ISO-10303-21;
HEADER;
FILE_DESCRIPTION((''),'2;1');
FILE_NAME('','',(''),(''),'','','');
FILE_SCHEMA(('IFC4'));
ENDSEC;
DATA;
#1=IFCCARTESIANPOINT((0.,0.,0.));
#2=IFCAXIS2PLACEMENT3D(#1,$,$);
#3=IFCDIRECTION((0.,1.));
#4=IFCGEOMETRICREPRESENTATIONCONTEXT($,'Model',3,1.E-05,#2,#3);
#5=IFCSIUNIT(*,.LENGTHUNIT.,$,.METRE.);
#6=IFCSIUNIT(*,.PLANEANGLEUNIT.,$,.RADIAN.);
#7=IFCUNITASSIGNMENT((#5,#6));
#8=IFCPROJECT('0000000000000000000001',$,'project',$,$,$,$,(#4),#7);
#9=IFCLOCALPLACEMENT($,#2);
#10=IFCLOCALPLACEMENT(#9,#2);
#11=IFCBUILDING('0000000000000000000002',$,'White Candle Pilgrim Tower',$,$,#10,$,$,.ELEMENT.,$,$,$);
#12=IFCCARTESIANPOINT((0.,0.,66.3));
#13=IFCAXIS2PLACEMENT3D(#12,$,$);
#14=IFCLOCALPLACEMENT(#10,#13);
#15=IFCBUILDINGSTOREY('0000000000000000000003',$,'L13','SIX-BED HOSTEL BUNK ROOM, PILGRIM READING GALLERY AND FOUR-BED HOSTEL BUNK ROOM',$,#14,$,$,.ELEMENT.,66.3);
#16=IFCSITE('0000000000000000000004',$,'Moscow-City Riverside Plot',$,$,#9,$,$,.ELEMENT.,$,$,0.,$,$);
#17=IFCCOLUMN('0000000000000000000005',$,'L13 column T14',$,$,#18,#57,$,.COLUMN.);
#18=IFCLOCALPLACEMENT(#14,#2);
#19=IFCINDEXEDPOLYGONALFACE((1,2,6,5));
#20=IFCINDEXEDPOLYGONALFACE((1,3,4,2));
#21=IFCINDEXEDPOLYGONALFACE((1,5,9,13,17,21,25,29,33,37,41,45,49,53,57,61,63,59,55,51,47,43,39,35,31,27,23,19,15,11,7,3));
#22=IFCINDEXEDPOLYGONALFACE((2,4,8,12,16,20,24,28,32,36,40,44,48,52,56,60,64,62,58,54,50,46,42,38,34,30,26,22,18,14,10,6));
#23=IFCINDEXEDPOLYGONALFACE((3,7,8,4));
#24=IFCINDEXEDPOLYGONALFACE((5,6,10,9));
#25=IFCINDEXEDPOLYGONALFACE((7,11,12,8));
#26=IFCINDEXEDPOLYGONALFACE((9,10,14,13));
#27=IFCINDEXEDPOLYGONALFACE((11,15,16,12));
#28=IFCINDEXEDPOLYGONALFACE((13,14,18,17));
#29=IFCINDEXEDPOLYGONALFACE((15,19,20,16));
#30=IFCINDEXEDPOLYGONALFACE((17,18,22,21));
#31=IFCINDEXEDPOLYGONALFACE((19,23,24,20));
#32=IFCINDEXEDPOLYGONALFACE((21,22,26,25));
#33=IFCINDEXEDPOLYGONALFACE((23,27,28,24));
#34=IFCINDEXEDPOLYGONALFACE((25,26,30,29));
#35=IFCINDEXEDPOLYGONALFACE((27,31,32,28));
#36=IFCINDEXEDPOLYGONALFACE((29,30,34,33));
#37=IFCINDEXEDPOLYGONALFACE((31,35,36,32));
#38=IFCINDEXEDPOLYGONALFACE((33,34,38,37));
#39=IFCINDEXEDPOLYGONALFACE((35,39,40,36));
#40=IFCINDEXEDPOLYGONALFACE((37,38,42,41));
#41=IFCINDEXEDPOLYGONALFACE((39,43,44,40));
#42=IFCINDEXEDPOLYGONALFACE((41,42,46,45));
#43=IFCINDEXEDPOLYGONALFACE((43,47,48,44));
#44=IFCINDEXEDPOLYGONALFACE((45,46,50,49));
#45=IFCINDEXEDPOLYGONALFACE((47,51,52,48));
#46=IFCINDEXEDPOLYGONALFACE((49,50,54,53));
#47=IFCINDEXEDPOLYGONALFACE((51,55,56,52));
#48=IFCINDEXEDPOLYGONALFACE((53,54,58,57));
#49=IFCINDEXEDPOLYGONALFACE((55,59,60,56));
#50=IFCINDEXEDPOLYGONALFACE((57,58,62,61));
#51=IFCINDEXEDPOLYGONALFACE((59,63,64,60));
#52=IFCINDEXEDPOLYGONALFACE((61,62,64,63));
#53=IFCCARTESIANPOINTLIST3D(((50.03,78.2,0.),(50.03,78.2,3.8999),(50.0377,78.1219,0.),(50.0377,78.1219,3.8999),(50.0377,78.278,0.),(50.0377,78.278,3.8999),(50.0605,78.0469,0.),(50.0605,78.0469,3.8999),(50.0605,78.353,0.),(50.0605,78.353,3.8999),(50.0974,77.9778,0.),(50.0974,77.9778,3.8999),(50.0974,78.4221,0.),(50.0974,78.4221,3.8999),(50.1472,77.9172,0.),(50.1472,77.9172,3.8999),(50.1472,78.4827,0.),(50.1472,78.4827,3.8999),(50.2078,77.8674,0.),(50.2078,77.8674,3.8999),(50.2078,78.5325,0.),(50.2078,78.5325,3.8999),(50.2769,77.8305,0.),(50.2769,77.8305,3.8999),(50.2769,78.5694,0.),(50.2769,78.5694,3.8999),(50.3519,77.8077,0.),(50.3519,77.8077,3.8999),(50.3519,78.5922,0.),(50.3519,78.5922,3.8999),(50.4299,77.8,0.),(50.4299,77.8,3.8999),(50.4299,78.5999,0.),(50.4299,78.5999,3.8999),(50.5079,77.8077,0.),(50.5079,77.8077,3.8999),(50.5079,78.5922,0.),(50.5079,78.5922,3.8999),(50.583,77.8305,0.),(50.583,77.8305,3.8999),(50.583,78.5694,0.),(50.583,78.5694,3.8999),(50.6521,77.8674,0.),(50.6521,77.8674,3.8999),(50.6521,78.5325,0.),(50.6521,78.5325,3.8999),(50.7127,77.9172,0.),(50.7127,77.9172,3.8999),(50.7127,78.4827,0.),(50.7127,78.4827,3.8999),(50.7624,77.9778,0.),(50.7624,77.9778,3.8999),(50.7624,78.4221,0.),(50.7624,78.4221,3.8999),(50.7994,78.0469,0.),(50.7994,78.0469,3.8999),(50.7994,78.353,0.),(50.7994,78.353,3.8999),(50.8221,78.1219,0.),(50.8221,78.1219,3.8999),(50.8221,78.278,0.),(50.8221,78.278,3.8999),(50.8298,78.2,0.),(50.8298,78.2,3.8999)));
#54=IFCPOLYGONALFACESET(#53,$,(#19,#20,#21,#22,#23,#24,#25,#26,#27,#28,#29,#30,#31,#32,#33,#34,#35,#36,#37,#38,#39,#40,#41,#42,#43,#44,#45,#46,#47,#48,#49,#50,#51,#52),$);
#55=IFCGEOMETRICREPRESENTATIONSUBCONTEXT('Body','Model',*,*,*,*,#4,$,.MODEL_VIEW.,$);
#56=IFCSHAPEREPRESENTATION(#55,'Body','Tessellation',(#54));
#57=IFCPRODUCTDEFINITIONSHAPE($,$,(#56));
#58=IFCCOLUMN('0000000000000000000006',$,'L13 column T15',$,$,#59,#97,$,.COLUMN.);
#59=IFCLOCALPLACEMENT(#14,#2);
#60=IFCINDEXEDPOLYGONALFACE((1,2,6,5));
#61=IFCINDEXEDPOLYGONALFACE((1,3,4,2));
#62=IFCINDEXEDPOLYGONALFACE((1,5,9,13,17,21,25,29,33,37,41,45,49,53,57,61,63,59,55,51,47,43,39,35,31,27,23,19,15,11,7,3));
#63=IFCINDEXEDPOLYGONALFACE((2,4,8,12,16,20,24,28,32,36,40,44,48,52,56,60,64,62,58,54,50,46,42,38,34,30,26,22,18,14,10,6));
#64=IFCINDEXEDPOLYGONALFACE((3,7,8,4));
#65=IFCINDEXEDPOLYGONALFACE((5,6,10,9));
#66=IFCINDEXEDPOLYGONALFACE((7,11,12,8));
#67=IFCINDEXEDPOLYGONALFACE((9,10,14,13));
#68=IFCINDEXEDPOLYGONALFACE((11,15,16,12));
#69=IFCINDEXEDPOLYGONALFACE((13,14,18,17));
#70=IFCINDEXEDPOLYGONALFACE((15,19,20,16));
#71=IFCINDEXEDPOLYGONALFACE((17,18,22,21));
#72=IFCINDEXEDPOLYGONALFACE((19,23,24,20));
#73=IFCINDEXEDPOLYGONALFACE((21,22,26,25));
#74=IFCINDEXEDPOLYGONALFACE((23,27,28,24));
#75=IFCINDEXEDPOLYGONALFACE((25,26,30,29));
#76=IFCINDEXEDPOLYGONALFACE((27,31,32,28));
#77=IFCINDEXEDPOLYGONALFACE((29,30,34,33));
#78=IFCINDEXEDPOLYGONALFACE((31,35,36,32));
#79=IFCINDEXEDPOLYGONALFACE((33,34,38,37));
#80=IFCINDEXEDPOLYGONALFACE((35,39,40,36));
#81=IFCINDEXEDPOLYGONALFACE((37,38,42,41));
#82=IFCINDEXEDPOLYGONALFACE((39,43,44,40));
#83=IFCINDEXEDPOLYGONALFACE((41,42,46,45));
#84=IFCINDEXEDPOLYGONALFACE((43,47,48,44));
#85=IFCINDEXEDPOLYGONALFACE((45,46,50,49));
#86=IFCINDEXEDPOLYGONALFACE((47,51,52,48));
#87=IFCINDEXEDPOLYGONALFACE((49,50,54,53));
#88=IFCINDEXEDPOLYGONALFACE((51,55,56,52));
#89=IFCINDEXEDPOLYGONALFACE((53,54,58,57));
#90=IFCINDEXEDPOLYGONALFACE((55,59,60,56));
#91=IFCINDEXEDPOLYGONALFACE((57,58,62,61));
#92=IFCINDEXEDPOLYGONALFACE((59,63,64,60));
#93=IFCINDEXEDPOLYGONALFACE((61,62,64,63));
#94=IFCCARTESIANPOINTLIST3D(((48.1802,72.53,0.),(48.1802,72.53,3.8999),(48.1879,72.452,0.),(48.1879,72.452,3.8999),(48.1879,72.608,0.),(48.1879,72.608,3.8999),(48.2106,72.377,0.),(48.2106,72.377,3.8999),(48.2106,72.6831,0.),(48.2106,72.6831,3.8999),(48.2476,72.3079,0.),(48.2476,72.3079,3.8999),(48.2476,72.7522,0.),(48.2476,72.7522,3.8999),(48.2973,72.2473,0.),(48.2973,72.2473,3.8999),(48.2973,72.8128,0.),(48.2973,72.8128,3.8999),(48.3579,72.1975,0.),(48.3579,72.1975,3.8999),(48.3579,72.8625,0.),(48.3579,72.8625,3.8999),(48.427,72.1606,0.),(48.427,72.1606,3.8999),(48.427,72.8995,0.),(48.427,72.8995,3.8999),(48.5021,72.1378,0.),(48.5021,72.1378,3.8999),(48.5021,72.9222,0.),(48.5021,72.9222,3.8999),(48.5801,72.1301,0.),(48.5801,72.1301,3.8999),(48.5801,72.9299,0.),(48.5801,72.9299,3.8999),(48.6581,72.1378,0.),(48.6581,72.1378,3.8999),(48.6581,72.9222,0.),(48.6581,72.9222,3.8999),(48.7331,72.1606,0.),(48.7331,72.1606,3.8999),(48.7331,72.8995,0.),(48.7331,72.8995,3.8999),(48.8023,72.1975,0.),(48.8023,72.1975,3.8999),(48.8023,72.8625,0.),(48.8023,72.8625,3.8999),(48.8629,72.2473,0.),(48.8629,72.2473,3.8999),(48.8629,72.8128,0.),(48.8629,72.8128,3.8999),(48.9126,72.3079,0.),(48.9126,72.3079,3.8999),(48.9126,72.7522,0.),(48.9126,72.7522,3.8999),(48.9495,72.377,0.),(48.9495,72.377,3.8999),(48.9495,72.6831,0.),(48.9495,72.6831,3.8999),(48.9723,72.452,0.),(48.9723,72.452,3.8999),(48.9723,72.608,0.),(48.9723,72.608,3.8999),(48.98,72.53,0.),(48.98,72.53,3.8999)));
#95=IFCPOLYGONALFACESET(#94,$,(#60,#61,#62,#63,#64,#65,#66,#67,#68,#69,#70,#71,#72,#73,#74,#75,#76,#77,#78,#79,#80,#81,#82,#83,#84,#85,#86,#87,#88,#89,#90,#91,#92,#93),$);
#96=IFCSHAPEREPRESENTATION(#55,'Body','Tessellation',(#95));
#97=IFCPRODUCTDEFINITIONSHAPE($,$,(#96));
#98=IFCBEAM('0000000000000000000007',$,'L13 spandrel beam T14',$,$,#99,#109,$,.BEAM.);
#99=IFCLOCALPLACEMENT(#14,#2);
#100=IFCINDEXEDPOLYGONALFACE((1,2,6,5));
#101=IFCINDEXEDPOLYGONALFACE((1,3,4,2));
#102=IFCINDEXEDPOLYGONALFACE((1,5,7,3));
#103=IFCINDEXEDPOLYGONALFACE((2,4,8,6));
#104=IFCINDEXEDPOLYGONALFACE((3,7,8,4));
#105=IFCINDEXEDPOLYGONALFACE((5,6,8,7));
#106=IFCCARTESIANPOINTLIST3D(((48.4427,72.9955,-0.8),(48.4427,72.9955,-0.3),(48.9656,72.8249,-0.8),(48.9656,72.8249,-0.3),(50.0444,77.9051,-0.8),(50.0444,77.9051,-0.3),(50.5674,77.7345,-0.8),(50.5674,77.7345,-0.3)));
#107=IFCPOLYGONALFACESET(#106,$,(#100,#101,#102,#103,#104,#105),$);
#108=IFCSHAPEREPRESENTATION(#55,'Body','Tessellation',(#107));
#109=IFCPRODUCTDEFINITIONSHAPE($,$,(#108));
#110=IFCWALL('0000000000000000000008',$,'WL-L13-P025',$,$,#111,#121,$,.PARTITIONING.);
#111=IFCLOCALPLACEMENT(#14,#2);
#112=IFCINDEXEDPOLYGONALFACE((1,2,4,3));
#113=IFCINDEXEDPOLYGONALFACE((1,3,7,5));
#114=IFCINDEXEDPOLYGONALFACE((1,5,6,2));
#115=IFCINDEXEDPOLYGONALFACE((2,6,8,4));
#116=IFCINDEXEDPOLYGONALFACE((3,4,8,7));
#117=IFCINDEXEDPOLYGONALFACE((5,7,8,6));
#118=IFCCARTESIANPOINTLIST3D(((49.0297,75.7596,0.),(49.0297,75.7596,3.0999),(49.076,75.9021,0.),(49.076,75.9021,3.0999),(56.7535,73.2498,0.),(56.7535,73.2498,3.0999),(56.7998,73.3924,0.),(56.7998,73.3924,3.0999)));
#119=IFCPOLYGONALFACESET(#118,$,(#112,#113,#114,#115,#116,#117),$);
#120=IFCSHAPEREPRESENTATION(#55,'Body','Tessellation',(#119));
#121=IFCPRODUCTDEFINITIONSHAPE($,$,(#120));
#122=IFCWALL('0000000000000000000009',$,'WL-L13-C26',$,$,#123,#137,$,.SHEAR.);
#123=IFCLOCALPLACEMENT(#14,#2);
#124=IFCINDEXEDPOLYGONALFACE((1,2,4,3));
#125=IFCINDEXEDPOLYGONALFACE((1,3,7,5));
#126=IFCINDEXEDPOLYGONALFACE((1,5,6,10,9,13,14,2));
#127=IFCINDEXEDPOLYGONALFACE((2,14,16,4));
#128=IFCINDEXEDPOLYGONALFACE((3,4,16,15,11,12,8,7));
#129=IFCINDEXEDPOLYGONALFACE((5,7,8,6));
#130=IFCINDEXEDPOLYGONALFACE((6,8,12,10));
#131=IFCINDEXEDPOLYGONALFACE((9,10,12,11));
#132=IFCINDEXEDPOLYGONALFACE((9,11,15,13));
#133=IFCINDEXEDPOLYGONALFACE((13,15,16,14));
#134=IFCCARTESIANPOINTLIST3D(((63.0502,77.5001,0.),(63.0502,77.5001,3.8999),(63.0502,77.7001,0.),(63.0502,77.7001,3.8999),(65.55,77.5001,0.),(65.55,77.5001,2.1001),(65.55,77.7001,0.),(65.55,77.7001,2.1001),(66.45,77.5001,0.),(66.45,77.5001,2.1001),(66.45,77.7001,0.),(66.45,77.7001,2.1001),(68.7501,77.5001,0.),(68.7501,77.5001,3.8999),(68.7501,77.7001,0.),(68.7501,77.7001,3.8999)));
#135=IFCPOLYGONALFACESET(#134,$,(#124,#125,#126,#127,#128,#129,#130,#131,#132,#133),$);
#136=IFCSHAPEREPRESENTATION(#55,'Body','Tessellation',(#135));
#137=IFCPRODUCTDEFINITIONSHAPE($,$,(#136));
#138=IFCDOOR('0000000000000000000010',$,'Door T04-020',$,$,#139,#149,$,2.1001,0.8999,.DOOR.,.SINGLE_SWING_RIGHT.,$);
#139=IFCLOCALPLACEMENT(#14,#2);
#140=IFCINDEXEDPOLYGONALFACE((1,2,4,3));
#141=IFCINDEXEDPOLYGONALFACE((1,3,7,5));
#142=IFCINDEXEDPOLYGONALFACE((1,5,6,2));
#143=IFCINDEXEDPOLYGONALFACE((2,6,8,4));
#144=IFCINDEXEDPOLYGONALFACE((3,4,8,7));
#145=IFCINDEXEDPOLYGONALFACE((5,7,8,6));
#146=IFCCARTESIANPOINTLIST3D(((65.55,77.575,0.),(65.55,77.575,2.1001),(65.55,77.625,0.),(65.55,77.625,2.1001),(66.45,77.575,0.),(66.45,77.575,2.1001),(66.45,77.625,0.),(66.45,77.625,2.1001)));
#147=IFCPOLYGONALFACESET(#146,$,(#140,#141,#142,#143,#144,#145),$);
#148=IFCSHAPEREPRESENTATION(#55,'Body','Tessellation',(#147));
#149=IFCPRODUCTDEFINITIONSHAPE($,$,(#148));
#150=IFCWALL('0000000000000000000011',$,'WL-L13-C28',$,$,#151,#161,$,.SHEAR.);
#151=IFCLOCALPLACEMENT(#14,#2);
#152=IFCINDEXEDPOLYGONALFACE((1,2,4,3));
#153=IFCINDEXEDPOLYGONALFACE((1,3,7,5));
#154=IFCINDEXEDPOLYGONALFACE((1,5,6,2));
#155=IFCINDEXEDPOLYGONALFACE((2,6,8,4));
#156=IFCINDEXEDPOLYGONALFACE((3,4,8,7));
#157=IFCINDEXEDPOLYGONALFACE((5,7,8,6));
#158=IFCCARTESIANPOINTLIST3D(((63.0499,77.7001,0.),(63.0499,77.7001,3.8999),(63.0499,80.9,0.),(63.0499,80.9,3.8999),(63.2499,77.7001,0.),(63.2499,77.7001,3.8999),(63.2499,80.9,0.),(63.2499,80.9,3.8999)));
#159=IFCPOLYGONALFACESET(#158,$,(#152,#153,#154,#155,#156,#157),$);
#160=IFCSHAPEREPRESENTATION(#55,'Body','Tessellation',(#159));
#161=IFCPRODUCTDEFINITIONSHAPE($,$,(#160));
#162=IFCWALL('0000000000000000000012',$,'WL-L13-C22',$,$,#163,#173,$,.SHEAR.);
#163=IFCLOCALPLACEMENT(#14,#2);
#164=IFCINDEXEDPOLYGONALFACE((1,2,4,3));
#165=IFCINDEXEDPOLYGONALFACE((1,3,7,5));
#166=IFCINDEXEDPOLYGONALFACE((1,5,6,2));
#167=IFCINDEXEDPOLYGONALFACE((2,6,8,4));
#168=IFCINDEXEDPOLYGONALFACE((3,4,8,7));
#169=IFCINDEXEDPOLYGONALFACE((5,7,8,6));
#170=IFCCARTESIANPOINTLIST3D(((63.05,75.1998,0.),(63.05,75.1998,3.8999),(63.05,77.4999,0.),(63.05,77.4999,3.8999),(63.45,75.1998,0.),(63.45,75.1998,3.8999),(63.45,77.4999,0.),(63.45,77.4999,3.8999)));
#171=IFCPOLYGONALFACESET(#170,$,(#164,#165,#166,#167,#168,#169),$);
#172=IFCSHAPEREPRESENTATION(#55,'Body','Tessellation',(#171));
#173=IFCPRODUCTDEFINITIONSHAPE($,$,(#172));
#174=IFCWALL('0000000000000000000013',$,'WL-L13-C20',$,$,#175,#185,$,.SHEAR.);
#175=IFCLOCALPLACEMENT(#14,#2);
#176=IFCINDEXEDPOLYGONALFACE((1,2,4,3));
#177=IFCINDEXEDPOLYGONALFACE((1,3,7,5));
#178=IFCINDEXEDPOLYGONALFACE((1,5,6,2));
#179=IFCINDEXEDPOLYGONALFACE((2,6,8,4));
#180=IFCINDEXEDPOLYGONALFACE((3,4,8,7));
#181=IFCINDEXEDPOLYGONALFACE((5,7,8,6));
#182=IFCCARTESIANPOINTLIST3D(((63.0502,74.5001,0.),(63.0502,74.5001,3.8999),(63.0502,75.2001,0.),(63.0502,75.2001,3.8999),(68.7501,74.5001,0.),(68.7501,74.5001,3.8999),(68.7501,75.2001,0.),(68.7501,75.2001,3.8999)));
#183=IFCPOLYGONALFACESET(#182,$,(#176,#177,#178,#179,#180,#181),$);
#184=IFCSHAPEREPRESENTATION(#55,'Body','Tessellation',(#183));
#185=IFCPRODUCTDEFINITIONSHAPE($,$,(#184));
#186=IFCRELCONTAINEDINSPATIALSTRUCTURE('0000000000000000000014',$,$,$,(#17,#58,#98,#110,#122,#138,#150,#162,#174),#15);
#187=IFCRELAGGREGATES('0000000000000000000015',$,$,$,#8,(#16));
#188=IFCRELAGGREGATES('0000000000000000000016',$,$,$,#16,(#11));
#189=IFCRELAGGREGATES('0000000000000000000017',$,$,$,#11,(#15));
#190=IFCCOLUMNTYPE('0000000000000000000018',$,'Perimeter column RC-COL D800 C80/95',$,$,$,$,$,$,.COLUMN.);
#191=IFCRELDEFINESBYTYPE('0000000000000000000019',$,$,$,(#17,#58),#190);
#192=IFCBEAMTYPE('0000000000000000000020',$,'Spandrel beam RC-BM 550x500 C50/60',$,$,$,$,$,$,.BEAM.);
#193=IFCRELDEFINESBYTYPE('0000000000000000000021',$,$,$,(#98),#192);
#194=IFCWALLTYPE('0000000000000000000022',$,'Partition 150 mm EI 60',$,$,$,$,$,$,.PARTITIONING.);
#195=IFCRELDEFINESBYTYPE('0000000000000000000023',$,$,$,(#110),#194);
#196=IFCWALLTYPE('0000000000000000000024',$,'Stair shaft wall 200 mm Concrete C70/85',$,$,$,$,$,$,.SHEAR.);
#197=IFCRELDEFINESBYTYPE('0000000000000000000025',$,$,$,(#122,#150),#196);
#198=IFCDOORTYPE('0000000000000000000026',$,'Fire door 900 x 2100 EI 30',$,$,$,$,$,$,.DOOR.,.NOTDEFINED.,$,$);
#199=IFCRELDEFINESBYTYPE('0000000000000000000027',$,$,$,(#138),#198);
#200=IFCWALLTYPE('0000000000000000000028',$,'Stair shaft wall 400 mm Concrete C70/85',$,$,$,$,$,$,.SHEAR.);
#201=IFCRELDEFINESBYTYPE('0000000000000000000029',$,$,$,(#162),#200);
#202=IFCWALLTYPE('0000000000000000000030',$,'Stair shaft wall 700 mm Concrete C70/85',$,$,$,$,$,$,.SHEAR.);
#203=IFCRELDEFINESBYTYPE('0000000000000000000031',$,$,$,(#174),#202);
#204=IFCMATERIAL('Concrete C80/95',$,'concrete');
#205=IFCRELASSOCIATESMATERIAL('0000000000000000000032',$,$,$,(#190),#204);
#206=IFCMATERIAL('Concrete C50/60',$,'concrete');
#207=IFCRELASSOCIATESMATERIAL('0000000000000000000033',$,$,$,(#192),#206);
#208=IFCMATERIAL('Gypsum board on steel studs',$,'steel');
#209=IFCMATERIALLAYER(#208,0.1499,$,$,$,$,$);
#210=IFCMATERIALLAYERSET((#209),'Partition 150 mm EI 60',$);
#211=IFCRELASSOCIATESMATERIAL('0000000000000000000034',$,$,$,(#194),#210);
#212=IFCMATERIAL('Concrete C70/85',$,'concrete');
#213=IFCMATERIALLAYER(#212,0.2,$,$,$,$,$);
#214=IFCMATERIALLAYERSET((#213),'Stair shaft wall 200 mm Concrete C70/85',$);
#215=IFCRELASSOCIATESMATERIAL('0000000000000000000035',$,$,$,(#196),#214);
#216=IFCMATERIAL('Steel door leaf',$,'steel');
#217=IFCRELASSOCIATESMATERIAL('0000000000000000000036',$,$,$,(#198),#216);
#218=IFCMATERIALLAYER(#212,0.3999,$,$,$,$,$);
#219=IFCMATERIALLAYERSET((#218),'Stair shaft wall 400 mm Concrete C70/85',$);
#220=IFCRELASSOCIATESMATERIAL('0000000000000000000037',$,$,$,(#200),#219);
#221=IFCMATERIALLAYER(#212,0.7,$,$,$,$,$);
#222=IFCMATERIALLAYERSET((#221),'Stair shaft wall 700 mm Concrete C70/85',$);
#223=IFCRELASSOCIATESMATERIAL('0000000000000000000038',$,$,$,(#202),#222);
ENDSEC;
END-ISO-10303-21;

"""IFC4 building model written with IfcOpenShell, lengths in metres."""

from ifc_helpers import new_model, si_unit, direction, frame, frame_2d, origin, origin_2d, place, context, subcontext, project, spatial, rectangle, circle, extrude, material, layer, layer_set, material_profile, profile_set, type_object, element, fill, save


model = new_model("IFC4")

# Units and contexts
model_context = context("Model", 3, precision=1e-05, world=origin(), true_north=direction((0.0, 1.0)))
body_context = subcontext(model_context, "Body", "Model", "MODEL_VIEW")
ifc_project = project(units=[si_unit("LENGTHUNIT", "METRE"), si_unit("PLANEANGLEUNIT", "RADIAN")], contexts=[model_context])

# Site, building, storey
site_placement = place(None, origin())
site = spatial("IfcSite", under=ifc_project, at=site_placement, Name="Moscow-City Riverside Plot", CompositionType="ELEMENT", RefElevation=0.0)
building_placement = place(site_placement, origin())
building = spatial("IfcBuilding", under=site, at=building_placement, Name="White Candle Pilgrim Tower", CompositionType="ELEMENT")
storey_placement = place(building_placement, frame((0.0, 0.0, 66.3)))
storey = spatial("IfcBuildingStorey", under=building, at=storey_placement, Name="L13", Description="SIX-BED HOSTEL BUNK ROOM, PILGRIM READING GALLERY AND FOUR-BED HOSTEL BUNK ROOM", CompositionType="ELEMENT", Elevation=66.3)

# Columns
ifc_material_1 = material(Name="Concrete C80/95", Category="concrete")
ifc_material_profile_1 = material_profile(ifc_material_1, circle(Radius=0.3999, at=origin_2d()), Name="RC-COL D800")
ifc_profile_set_1 = profile_set([ifc_material_profile_1], Name="Concrete C80/95")
column_type = type_object("IfcColumnType", Name="Perimeter column RC-COL D800 C80/95", PredefinedType="COLUMN", material=ifc_profile_set_1)
for number, where, z_axis, x_axis, name in (
    (1, (50.4299, 78.2, 0.0), (0.0, 0.0, 1.0), (1.0, 0.0, 0.0), "L13 column T14"),
    (2, (48.5801, 72.53, 0.0), (0.0, 0.0, 1.0), (1.0, 0.0, 0.0), "L13 column T15"),
):
    element("IfcColumn", number, at=place(storey_placement, frame(where, z_axis=z_axis, x_axis=x_axis)), inside=storey, type_object=column_type, Name=name, PredefinedType="COLUMN", context=body_context, shape_type="SweptSolid", body=[
        extrude(circle(Radius=0.3999, at=origin_2d()), origin(), (0.0, 0.0, 1.0), 3.8999),
    ])

# Beam
ifc_material_2 = material(Name="Concrete C50/60", Category="concrete")
ifc_material_profile_2 = material_profile(ifc_material_2, rectangle(XDim=0.55, YDim=0.5, at=origin_2d()), Name="RC-BM 550x500")
ifc_profile_set_2 = profile_set([ifc_material_profile_2], Name="Concrete C50/60")
beam_type = type_object("IfcBeamType", Name="Spandrel beam RC-BM 550x500 C50/60", PredefinedType="BEAM", material=ifc_profile_set_2)
beam_placement = place(storey_placement, frame((50.3059, 77.8198, -0.55), z_axis=(-0.310166, -0.950683, 0.0), x_axis=(0.950683, -0.310166, 0.0)))
element("IfcBeam", 3, at=beam_placement, inside=storey, type_object=beam_type, Name="L13 spandrel beam T14", PredefinedType="BEAM", context=body_context, shape_type="SweptSolid", body=[
    extrude(rectangle(XDim=0.55, YDim=0.5, at=origin_2d()), origin(), (0.0, 0.0, 1.0), 5.1643),
])

# Wall
ifc_material_3 = material(Name="Gypsum board on steel studs", Category="steel")
ifc_layer_1 = layer(ifc_material_3, 0.1499)
ifc_layer_set_1 = layer_set([ifc_layer_1], Name="Partition 150 mm EI 60")
wall_type_1 = type_object("IfcWallType", Name="Partition 150 mm EI 60", PredefinedType="PARTITIONING", material=ifc_layer_set_1)
wall_1_placement = place(storey_placement, frame((49.053, 75.8308, 0.0), z_axis=(0.0, 0.0, 1.0), x_axis=(0.951052, -0.309031, 0.0)))
element("IfcWall", 4, at=wall_1_placement, inside=storey, type_object=wall_type_1, Name="WL-L13-P025", PredefinedType="PARTITIONING", context=body_context, shape_type="SweptSolid", body=[
    extrude(rectangle(XDim=8.1213, YDim=0.1499, at=frame_2d((4.0605, 0.0))), origin(), (0.0, 0.0, 1.0), 3.0999),
])

# Wall, opening, door
ifc_material_4 = material(Name="Concrete C70/85", Category="concrete")
ifc_layer_2 = layer(ifc_material_4, 0.2)
ifc_layer_set_2 = layer_set([ifc_layer_2], Name="Stair shaft wall 200 mm Concrete C70/85")
wall_type_2 = type_object("IfcWallType", Name="Stair shaft wall 200 mm Concrete C70/85", PredefinedType="SHEAR", material=ifc_layer_set_2)
wall_2_placement = place(storey_placement, frame((63.05, 77.6001, 0.0), z_axis=(0.0, 0.0, 1.0), x_axis=(1.0, 0.0, 0.0)))
wall_2 = element("IfcWall", 5, at=wall_2_placement, inside=storey, type_object=wall_type_2, Name="WL-L13-C26", PredefinedType="SHEAR", context=body_context, shape_type="SweptSolid", body=[
    extrude(rectangle(XDim=5.7, YDim=0.2, at=frame_2d((2.8501, 0.0))), origin(), (0.0, 0.0, 1.0), 3.8999),
])
opening_placement = place(wall_2_placement, frame((2.5, 0.0, 0.0)))
opening = element("IfcOpeningElement", 6, at=opening_placement, cuts=wall_2, PredefinedType="OPENING", context=body_context, shape_type="SweptSolid", body=[
    extrude(rectangle(XDim=0.8999, YDim=2.1001, at=frame_2d((0.45, 1.05))), frame((0.0, 0.1099, 0.0), z_axis=(0.0, -1.0, 0.0), x_axis=(1.0, 0.0, 0.0)), (0.0, 0.0, 1.0), 0.22),
])
ifc_material_5 = material(Name="Steel door leaf", Category="steel")
door_type = type_object("IfcDoorType", Name="Fire door 900 x 2100 EI 30", OperationType="NOTDEFINED", PredefinedType="DOOR", material=ifc_material_5)
door_placement = place(opening_placement, origin())
door = element("IfcDoor", 7, at=door_placement, inside=storey, type_object=door_type, Name="Door T04-020", OperationType="SINGLE_SWING_RIGHT", OverallHeight=2.1001, OverallWidth=0.8999, PredefinedType="DOOR", context=body_context, shape_type="SweptSolid", body=[
    extrude(rectangle(XDim=0.8999, YDim=2.1001, at=frame_2d((0.45, 1.05))), frame((0.0, 0.0249, 0.0), z_axis=(0.0, -1.0, 0.0), x_axis=(1.0, 0.0, 0.0)), (0.0, 0.0, 1.0), 0.05),
])
fill(opening, door)

# Walls
wall_3_placement = place(storey_placement, frame((63.1499, 77.7, 0.0), z_axis=(0.0, 0.0, 1.0), x_axis=(0.0, 1.0, 0.0)))
element("IfcWall", 8, at=wall_3_placement, inside=storey, type_object=wall_type_2, Name="WL-L13-C28", PredefinedType="SHEAR", context=body_context, shape_type="SweptSolid", body=[
    extrude(rectangle(XDim=3.2, YDim=0.2, at=frame_2d((1.6001, 0.0))), origin(), (0.0, 0.0, 1.0), 3.8999),
])
ifc_layer_3 = layer(ifc_material_4, 0.3999)
ifc_layer_set_3 = layer_set([ifc_layer_3], Name="Stair shaft wall 400 mm Concrete C70/85")
wall_type_3 = type_object("IfcWallType", Name="Stair shaft wall 400 mm Concrete C70/85", PredefinedType="SHEAR", material=ifc_layer_set_3)
wall_4_placement = place(storey_placement, frame((63.25, 75.2, 0.0), z_axis=(0.0, 0.0, 1.0), x_axis=(0.0, 1.0, 0.0)))
element("IfcWall", 9, at=wall_4_placement, inside=storey, type_object=wall_type_3, Name="WL-L13-C22", PredefinedType="SHEAR", context=body_context, shape_type="SweptSolid", body=[
    extrude(rectangle(XDim=2.3, YDim=0.3999, at=frame_2d((1.1499, 0.0))), origin(), (0.0, 0.0, 1.0), 3.8999),
])
ifc_layer_4 = layer(ifc_material_4, 0.7)
ifc_layer_set_4 = layer_set([ifc_layer_4], Name="Stair shaft wall 700 mm Concrete C70/85")
wall_type_4 = type_object("IfcWallType", Name="Stair shaft wall 700 mm Concrete C70/85", PredefinedType="SHEAR", material=ifc_layer_set_4)
wall_5_placement = place(storey_placement, frame((63.05, 74.8501, 0.0), z_axis=(0.0, 0.0, 1.0), x_axis=(1.0, 0.0, 0.0)))
element("IfcWall", 10, at=wall_5_placement, inside=storey, type_object=wall_type_4, Name="WL-L13-C20", PredefinedType="SHEAR", context=body_context, shape_type="SweptSolid", body=[
    extrude(rectangle(XDim=5.7, YDim=0.7, at=frame_2d((2.8501, 0.0))), origin(), (0.0, 0.0, 1.0), 3.8999),
])

save(model, "model.ifc")
